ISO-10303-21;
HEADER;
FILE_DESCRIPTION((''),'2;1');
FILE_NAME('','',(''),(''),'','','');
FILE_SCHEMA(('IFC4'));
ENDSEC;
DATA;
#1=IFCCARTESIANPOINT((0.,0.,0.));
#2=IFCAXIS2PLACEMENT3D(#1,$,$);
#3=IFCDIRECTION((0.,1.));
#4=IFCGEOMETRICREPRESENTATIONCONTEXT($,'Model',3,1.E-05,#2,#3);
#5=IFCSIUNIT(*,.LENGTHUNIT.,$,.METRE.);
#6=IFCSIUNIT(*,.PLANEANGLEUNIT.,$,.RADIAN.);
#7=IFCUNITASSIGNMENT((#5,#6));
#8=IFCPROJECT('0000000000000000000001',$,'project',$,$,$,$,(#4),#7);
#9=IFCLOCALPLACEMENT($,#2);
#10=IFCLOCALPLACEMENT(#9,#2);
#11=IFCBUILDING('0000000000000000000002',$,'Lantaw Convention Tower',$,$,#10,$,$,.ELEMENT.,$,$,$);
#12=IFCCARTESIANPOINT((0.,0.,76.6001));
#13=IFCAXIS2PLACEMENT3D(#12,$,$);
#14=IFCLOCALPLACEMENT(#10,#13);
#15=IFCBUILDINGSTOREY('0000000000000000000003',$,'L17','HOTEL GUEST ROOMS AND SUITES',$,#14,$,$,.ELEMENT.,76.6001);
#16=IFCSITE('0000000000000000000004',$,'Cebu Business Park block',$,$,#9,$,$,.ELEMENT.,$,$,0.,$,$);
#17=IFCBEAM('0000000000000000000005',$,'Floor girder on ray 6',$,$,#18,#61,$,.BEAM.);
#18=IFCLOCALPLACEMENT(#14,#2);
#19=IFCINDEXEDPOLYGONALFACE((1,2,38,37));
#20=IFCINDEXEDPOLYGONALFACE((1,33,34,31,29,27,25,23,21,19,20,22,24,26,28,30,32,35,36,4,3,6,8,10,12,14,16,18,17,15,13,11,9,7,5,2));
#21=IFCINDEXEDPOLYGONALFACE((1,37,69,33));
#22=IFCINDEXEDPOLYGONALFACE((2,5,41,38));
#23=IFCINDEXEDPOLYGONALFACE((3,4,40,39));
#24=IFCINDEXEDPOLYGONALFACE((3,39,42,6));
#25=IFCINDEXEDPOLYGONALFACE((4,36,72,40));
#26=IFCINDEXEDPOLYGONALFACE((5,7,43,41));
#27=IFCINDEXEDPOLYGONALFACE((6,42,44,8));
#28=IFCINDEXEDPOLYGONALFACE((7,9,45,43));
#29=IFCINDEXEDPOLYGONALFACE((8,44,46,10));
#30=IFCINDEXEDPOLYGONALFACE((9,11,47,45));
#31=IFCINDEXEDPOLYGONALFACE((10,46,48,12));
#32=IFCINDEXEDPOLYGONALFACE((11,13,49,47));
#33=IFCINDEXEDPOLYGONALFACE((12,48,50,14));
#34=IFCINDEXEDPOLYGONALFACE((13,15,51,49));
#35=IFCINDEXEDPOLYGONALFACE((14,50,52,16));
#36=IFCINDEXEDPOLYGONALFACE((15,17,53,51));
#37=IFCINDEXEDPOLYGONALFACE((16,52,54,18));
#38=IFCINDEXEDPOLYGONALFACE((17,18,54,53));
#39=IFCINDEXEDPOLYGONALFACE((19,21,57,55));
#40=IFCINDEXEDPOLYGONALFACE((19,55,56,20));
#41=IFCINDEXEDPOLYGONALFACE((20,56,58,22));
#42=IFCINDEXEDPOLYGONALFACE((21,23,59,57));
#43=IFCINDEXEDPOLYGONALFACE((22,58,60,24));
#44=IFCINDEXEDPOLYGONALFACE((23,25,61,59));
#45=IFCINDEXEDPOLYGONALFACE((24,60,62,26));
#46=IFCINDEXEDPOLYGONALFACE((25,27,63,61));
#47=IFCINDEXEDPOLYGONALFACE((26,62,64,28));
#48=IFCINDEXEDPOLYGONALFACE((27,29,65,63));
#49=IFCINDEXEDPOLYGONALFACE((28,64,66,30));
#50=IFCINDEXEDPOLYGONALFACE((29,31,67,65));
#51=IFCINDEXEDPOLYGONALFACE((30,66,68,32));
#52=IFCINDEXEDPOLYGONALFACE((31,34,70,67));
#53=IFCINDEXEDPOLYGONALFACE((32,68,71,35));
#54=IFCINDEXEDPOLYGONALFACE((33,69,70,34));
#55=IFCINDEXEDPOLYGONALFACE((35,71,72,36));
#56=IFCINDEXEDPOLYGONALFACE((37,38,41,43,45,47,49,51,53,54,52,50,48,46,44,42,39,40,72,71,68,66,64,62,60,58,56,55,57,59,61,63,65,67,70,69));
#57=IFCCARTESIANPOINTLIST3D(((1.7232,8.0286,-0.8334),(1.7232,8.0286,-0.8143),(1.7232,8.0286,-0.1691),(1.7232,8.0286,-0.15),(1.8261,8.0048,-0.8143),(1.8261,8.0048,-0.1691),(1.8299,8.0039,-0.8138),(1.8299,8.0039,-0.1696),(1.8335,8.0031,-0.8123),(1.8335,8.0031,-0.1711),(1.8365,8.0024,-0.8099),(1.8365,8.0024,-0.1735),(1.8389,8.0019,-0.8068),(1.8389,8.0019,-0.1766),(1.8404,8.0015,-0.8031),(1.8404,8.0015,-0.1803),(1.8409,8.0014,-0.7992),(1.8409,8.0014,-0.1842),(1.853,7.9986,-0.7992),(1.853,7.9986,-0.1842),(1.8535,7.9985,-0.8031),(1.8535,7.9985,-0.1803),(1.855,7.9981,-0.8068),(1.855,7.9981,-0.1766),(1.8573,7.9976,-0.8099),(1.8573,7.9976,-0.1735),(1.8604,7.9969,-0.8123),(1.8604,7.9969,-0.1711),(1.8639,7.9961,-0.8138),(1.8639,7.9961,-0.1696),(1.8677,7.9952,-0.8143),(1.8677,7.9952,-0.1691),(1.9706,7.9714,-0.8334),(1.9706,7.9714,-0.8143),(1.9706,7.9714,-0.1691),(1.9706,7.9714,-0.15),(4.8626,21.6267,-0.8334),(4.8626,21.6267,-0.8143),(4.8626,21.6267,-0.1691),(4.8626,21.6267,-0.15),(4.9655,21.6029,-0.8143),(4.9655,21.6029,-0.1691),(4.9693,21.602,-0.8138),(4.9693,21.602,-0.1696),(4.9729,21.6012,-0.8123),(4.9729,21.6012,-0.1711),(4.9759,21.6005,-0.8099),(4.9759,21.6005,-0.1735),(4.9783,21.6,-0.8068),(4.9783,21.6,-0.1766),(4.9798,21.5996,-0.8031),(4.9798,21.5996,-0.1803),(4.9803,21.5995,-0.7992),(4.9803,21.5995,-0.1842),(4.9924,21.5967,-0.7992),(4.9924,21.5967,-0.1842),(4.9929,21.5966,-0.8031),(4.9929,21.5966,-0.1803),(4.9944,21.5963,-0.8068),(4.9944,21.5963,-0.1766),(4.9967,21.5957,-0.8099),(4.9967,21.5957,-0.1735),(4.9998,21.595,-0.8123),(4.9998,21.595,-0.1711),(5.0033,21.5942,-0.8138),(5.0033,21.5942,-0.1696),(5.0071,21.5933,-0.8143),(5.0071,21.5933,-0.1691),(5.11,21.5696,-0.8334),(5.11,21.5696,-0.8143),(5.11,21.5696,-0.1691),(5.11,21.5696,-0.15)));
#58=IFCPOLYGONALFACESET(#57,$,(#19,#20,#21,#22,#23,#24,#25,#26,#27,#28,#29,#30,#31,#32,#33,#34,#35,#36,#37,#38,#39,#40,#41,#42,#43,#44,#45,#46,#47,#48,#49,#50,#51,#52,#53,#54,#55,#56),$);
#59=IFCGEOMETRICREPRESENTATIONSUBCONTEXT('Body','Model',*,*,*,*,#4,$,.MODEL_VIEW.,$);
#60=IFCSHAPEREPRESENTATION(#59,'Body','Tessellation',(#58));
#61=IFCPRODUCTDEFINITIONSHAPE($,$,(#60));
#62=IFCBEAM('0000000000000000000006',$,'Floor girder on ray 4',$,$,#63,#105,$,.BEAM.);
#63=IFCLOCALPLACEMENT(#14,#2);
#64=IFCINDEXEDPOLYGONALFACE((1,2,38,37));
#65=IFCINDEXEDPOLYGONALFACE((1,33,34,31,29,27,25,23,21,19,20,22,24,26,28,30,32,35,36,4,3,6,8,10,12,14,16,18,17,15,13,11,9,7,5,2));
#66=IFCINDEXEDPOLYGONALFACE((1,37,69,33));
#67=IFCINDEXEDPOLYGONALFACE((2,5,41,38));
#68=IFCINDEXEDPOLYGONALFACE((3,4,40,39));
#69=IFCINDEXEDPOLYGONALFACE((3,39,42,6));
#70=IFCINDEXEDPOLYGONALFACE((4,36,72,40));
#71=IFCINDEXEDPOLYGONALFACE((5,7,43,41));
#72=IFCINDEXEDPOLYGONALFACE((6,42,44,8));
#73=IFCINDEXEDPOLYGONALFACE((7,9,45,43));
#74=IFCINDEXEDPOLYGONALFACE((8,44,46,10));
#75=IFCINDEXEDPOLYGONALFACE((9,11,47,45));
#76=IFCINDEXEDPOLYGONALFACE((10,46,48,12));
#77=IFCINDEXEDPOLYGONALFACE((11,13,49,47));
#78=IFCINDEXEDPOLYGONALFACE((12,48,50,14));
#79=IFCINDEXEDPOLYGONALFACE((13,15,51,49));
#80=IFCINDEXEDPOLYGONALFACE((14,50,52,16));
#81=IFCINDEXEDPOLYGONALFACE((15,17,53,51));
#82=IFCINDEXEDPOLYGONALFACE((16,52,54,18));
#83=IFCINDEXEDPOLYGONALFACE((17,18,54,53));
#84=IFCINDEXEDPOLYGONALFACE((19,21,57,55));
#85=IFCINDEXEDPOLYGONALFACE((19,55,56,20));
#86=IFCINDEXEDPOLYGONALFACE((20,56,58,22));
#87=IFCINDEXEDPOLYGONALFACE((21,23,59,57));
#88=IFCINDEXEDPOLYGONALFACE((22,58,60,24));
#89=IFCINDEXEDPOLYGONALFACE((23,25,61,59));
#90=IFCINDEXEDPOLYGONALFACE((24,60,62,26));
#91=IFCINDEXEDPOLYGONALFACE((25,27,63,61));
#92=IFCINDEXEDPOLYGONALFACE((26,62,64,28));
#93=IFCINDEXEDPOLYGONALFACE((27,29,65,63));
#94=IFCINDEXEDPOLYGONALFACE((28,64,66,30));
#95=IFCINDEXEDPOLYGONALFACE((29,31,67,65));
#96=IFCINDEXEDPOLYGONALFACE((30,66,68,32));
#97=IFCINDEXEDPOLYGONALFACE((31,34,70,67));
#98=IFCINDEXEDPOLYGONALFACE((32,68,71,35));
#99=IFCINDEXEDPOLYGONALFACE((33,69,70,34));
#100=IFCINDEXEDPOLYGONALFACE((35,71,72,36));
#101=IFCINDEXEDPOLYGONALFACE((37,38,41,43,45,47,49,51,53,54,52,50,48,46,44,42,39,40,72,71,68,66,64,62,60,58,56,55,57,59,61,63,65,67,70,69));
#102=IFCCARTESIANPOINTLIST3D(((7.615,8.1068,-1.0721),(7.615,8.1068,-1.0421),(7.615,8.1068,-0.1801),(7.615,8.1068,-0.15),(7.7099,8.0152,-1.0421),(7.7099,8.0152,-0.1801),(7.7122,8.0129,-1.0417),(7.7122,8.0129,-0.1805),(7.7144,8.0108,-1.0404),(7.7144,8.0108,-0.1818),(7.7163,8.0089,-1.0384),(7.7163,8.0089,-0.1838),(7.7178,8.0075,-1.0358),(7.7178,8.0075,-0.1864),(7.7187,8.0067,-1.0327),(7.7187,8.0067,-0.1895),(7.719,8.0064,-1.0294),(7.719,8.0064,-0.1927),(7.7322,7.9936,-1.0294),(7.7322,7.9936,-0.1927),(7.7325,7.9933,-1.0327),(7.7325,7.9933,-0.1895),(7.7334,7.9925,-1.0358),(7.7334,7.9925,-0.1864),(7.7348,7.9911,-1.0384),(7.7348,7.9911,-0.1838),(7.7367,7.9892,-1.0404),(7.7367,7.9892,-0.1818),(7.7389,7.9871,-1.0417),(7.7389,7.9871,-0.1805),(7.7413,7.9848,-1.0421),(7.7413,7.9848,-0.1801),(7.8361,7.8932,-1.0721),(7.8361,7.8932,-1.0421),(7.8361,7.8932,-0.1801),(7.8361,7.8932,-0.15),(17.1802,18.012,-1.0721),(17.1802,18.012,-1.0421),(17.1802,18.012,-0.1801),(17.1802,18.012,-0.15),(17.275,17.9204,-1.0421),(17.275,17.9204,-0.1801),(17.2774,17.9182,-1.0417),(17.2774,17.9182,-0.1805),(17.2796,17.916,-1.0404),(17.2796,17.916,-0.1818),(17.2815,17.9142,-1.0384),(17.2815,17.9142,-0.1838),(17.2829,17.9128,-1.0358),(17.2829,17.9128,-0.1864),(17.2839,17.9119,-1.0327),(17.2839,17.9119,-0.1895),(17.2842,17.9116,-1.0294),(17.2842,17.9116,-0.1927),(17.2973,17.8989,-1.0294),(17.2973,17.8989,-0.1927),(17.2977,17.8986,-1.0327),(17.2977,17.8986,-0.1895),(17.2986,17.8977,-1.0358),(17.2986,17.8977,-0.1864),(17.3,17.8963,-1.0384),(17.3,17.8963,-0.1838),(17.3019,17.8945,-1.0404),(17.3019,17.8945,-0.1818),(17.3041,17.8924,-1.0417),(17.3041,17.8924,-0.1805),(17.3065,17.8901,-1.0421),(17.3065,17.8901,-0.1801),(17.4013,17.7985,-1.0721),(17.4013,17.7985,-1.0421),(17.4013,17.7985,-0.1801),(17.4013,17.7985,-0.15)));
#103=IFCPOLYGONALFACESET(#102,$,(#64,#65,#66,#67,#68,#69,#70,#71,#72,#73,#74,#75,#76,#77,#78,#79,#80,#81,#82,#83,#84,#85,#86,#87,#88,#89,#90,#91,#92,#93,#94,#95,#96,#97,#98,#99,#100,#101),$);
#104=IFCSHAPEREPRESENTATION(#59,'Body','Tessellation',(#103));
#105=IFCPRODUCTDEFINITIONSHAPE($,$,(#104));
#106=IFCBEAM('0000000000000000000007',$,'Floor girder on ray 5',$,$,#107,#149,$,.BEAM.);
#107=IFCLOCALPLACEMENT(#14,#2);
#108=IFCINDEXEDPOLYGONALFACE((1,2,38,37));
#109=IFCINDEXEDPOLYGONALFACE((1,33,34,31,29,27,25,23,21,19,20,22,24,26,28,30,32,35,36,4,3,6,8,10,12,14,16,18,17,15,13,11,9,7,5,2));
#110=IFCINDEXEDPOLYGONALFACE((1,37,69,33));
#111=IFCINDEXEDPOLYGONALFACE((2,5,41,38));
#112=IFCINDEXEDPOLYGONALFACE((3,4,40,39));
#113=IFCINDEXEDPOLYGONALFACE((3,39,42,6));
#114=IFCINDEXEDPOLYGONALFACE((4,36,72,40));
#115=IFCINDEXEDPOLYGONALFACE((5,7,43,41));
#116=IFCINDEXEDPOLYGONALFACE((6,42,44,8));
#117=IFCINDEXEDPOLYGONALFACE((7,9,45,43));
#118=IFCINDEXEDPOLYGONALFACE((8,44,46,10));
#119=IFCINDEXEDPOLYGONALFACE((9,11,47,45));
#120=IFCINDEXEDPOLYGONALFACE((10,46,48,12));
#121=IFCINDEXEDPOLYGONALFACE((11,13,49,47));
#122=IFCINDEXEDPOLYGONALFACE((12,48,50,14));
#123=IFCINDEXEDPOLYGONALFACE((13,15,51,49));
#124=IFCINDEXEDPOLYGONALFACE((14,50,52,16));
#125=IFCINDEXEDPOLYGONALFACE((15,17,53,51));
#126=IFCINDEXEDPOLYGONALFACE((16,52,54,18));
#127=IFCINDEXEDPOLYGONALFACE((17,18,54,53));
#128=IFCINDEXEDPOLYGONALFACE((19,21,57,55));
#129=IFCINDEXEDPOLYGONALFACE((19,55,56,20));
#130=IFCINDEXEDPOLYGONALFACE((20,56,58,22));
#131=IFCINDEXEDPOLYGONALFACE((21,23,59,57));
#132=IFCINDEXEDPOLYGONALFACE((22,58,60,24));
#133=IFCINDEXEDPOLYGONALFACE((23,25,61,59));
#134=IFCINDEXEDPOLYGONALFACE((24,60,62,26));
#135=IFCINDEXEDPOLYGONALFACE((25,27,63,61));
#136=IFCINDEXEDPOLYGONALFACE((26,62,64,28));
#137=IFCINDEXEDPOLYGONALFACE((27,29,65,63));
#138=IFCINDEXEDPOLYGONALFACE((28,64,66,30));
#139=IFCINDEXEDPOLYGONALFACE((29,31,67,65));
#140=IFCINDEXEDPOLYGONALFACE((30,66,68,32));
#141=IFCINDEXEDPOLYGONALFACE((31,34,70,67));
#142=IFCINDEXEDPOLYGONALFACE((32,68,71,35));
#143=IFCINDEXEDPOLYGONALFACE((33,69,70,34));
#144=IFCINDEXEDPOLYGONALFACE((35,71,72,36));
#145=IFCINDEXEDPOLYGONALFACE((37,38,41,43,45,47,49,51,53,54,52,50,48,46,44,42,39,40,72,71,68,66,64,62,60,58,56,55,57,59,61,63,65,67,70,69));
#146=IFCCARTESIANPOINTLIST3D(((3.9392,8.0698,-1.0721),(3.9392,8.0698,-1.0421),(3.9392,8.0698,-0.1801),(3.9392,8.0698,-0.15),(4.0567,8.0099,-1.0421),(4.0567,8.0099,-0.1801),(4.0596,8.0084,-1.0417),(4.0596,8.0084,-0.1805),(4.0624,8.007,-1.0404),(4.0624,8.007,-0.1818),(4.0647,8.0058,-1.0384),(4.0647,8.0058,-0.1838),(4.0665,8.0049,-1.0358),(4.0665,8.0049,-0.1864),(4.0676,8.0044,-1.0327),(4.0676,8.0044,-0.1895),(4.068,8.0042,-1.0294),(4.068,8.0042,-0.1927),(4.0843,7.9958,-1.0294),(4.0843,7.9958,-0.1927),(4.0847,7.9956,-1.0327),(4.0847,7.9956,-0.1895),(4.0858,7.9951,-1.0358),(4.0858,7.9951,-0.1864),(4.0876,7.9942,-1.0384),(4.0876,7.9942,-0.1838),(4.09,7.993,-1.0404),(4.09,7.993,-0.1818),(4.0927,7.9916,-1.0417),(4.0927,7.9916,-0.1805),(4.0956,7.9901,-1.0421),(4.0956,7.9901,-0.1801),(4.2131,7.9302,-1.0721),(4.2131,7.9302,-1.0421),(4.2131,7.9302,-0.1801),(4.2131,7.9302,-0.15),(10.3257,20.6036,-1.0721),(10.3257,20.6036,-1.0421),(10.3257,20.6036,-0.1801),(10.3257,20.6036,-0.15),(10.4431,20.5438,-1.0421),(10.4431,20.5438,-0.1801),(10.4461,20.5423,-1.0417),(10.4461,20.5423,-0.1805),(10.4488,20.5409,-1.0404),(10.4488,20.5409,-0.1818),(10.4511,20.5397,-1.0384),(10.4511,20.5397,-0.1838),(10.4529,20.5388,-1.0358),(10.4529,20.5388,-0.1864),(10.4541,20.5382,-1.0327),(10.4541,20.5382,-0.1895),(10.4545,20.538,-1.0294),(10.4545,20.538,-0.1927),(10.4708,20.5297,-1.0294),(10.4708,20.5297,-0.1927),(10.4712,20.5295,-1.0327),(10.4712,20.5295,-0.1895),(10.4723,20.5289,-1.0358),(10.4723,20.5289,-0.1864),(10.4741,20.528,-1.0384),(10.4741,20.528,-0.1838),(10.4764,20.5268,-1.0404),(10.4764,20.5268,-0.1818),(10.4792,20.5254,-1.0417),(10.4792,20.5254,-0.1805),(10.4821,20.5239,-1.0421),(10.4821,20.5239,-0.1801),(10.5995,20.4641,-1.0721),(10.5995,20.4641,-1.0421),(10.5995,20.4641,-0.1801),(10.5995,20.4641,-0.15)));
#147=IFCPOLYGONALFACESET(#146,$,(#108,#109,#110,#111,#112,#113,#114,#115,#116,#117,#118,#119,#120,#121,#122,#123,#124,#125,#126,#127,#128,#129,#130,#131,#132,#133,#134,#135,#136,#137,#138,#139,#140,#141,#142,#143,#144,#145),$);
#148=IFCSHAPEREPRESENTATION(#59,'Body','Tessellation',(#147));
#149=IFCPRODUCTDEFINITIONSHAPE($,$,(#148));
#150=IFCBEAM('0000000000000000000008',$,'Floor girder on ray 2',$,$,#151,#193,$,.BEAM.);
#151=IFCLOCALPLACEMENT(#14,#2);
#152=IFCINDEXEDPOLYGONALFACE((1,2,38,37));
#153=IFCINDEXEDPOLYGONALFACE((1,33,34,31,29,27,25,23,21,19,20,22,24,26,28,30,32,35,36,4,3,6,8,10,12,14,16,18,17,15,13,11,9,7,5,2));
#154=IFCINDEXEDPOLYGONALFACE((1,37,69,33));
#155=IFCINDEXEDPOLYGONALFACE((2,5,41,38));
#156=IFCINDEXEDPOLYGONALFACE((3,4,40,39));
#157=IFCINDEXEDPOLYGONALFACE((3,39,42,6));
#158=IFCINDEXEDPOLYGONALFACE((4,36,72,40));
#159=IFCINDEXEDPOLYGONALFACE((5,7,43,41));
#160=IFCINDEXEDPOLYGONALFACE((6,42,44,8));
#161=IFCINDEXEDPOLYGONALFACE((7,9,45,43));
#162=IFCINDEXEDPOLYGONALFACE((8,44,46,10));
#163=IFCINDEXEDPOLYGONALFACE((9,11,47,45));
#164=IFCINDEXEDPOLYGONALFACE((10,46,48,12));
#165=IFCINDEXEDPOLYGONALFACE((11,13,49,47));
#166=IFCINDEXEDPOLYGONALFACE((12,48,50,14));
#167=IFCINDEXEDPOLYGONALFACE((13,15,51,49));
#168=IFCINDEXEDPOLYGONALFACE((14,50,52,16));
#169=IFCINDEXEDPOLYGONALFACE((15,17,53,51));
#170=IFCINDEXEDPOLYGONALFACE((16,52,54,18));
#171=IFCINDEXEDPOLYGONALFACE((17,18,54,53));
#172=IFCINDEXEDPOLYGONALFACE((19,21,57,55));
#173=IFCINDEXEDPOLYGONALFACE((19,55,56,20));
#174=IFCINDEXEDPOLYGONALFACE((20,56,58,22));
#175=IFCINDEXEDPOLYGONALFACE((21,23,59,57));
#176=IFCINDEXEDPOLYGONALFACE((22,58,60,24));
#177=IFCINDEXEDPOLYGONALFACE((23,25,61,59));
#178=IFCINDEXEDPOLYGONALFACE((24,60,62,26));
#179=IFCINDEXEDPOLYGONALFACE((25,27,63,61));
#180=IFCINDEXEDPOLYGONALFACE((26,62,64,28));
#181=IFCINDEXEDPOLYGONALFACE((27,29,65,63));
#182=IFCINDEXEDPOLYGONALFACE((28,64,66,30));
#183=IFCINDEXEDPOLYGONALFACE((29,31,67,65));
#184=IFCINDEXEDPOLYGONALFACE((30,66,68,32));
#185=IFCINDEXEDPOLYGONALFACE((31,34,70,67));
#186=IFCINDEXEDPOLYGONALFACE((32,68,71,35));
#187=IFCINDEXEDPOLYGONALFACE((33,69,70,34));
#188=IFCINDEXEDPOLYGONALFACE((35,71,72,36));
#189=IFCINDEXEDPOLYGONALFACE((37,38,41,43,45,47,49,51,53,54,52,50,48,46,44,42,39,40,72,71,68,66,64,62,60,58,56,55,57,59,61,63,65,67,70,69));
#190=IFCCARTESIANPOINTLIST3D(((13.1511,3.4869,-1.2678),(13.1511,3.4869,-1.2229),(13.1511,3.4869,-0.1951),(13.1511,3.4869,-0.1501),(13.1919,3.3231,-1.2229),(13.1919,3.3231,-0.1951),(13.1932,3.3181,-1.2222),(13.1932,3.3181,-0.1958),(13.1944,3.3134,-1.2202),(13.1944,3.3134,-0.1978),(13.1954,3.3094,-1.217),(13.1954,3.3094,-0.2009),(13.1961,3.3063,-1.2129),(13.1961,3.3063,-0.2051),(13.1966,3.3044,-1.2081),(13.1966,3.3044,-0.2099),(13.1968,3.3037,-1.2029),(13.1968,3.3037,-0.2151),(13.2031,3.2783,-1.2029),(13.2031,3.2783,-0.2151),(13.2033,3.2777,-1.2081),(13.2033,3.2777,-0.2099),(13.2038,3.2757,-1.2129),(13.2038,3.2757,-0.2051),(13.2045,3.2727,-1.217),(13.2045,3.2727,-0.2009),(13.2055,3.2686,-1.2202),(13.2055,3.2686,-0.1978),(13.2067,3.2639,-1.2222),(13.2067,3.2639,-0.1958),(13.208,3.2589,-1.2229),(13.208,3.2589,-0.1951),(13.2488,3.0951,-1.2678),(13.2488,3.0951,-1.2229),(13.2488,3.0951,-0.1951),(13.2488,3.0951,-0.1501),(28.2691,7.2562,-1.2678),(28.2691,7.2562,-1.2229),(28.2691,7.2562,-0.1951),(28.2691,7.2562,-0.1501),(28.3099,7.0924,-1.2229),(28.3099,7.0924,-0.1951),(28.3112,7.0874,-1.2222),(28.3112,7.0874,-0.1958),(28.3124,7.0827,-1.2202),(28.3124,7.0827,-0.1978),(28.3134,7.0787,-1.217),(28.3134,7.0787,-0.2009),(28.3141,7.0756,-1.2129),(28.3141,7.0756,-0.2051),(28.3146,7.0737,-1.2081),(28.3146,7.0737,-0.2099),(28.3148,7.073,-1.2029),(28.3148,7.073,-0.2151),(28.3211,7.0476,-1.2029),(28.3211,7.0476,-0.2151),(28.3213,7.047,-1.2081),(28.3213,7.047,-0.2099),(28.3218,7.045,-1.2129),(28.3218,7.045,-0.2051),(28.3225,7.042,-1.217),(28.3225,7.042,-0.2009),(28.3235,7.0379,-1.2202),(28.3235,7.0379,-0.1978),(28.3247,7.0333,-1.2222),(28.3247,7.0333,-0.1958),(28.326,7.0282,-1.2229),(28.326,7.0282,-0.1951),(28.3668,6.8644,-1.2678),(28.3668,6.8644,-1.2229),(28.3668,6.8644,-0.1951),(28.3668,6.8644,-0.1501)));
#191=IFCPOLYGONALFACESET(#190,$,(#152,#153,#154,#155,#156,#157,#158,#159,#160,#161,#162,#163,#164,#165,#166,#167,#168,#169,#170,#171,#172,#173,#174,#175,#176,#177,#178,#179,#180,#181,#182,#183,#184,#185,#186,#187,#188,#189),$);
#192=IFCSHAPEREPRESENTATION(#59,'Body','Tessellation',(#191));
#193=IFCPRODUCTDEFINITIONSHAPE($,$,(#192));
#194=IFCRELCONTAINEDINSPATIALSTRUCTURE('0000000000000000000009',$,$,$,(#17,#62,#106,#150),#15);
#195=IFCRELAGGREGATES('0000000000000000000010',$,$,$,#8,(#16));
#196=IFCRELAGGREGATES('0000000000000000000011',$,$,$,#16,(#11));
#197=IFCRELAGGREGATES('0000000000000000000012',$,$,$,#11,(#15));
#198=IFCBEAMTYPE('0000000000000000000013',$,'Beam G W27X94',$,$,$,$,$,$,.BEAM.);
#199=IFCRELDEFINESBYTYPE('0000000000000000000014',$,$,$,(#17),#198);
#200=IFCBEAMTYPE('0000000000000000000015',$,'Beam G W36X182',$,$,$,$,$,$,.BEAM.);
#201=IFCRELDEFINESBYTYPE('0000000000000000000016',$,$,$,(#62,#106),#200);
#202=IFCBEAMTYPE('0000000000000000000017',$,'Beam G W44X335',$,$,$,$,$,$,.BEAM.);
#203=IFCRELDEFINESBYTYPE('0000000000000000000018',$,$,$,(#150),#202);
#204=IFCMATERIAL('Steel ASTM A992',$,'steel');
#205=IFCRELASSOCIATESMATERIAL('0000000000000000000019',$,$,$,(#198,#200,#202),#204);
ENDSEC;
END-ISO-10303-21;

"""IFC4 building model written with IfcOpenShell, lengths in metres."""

from ifc_helpers import new_model, si_unit, direction, frame, origin, origin_2d, place, context, subcontext, project, spatial, i_section, extrude, material, material_profile, profile_set, type_object, element, save


model = new_model("IFC4")

# Units and contexts
model_context = context("Model", 3, precision=1e-05, world=origin(), true_north=direction((0.0, 1.0)))
body_context = subcontext(model_context, "Body", "Model", "MODEL_VIEW")
ifc_project = project(units=[si_unit("LENGTHUNIT", "METRE"), si_unit("PLANEANGLEUNIT", "RADIAN")], contexts=[model_context])

# Site, building, storey
site_placement = place(None, origin())
site = spatial("IfcSite", under=ifc_project, at=site_placement, Name="Cebu Business Park block", CompositionType="ELEMENT", RefElevation=0.0)
building_placement = place(site_placement, origin())
building = spatial("IfcBuilding", under=site, at=building_placement, Name="Lantaw Convention Tower", CompositionType="ELEMENT")
storey_placement = place(building_placement, frame((0.0, 0.0, 76.6001)))
storey = spatial("IfcBuildingStorey", under=building, at=storey_placement, Name="L17", Description="HOTEL GUEST ROOMS AND SUITES", CompositionType="ELEMENT", Elevation=76.6001)

# Beams
ifc_material_1 = material(Name="Steel ASTM A992", Category="steel")
ifc_material_profile_1 = material_profile(ifc_material_1, i_section(OverallWidth=0.2539, OverallDepth=0.6833, WebThickness=0.0125, FlangeThickness=0.019, FilletRadius=0.0151, at=origin_2d()), Name="W27X94")
ifc_profile_set_1 = profile_set([ifc_material_profile_1], Name="Steel ASTM A992")
beam_type_1 = type_object("IfcBeamType", Name="Beam G W27X94", PredefinedType="BEAM", material=ifc_profile_set_1)
beam_1_placement = place(storey_placement, frame((1.8469, 8.0, -0.4917), z_axis=(0.224953, 0.97437, 0.0), x_axis=(-0.97437, 0.224953, 0.0)))
element("IfcBeam", 1, at=beam_1_placement, inside=storey, type_object=beam_type_1, Name="Floor girder on ray 6", PredefinedType="BEAM", context=body_context, shape_type="SweptSolid", body=[
    extrude(i_section(OverallWidth=0.2539, OverallDepth=0.6833, WebThickness=0.0125, FlangeThickness=0.019, FilletRadius=0.0151, at=origin_2d()), origin(), (0.0, 0.0, 1.0), 13.9558),
])
ifc_material_profile_2 = material_profile(ifc_material_1, i_section(OverallWidth=0.3074, OverallDepth=0.9221, WebThickness=0.0183, FlangeThickness=0.03, FilletRadius=0.0127, at=origin_2d()), Name="W36X182")
ifc_profile_set_2 = profile_set([ifc_material_profile_2], Name="Steel ASTM A992")
beam_type_2 = type_object("IfcBeamType", Name="Beam G W36X182", PredefinedType="BEAM", material=ifc_profile_set_2)
beam_2_placement = place(storey_placement, frame((7.7256, 8.0, -0.6111), z_axis=(0.69465, 0.719348, 0.0), x_axis=(-0.719348, 0.69465, 0.0)))
element("IfcBeam", 2, at=beam_2_placement, inside=storey, type_object=beam_type_2, Name="Floor girder on ray 4", PredefinedType="BEAM", context=body_context, shape_type="SweptSolid", body=[
    extrude(i_section(OverallWidth=0.3074, OverallDepth=0.9221, WebThickness=0.0183, FlangeThickness=0.03, FilletRadius=0.0127, at=origin_2d()), origin(), (0.0, 0.0, 1.0), 13.7698),
])
beam_3_placement = place(storey_placement, frame((4.0762, 8.0, -0.6111), z_axis=(0.453997, 0.891003, 0.0), x_axis=(-0.891003, 0.453997, 0.0)))
element("IfcBeam", 3, at=beam_3_placement, inside=storey, type_object=beam_type_2, Name="Floor girder on ray 5", PredefinedType="BEAM", context=body_context, shape_type="SweptSolid", body=[
    extrude(i_section(OverallWidth=0.3074, OverallDepth=0.9221, WebThickness=0.0183, FlangeThickness=0.03, FilletRadius=0.0127, at=origin_2d()), origin(), (0.0, 0.0, 1.0), 14.0671),
])
ifc_material_profile_3 = material_profile(ifc_material_1, i_section(OverallWidth=0.4038, OverallDepth=1.1177, WebThickness=0.0261, FlangeThickness=0.0449, FilletRadius=0.02, at=origin_2d()), Name="W44X335")
ifc_profile_set_3 = profile_set([ifc_material_profile_3], Name="Steel ASTM A992")
beam_type_3 = type_object("IfcBeamType", Name="Beam G W44X335", PredefinedType="BEAM", material=ifc_profile_set_3)
beam_4_placement = place(storey_placement, frame((13.2, 3.291, -0.709), z_axis=(0.970296, 0.24192, 0.0), x_axis=(-0.24192, 0.970296, 0.0)))
element("IfcBeam", 4, at=beam_4_placement, inside=storey, type_object=beam_type_3, Name="Floor girder on ray 2", PredefinedType="BEAM", context=body_context, shape_type="SweptSolid", body=[
    extrude(i_section(OverallWidth=0.4038, OverallDepth=1.1177, WebThickness=0.0261, FlangeThickness=0.0449, FilletRadius=0.02, at=origin_2d()), origin(), (0.0, 0.0, 1.0), 15.5808),
])

save(model, "model.ifc")
